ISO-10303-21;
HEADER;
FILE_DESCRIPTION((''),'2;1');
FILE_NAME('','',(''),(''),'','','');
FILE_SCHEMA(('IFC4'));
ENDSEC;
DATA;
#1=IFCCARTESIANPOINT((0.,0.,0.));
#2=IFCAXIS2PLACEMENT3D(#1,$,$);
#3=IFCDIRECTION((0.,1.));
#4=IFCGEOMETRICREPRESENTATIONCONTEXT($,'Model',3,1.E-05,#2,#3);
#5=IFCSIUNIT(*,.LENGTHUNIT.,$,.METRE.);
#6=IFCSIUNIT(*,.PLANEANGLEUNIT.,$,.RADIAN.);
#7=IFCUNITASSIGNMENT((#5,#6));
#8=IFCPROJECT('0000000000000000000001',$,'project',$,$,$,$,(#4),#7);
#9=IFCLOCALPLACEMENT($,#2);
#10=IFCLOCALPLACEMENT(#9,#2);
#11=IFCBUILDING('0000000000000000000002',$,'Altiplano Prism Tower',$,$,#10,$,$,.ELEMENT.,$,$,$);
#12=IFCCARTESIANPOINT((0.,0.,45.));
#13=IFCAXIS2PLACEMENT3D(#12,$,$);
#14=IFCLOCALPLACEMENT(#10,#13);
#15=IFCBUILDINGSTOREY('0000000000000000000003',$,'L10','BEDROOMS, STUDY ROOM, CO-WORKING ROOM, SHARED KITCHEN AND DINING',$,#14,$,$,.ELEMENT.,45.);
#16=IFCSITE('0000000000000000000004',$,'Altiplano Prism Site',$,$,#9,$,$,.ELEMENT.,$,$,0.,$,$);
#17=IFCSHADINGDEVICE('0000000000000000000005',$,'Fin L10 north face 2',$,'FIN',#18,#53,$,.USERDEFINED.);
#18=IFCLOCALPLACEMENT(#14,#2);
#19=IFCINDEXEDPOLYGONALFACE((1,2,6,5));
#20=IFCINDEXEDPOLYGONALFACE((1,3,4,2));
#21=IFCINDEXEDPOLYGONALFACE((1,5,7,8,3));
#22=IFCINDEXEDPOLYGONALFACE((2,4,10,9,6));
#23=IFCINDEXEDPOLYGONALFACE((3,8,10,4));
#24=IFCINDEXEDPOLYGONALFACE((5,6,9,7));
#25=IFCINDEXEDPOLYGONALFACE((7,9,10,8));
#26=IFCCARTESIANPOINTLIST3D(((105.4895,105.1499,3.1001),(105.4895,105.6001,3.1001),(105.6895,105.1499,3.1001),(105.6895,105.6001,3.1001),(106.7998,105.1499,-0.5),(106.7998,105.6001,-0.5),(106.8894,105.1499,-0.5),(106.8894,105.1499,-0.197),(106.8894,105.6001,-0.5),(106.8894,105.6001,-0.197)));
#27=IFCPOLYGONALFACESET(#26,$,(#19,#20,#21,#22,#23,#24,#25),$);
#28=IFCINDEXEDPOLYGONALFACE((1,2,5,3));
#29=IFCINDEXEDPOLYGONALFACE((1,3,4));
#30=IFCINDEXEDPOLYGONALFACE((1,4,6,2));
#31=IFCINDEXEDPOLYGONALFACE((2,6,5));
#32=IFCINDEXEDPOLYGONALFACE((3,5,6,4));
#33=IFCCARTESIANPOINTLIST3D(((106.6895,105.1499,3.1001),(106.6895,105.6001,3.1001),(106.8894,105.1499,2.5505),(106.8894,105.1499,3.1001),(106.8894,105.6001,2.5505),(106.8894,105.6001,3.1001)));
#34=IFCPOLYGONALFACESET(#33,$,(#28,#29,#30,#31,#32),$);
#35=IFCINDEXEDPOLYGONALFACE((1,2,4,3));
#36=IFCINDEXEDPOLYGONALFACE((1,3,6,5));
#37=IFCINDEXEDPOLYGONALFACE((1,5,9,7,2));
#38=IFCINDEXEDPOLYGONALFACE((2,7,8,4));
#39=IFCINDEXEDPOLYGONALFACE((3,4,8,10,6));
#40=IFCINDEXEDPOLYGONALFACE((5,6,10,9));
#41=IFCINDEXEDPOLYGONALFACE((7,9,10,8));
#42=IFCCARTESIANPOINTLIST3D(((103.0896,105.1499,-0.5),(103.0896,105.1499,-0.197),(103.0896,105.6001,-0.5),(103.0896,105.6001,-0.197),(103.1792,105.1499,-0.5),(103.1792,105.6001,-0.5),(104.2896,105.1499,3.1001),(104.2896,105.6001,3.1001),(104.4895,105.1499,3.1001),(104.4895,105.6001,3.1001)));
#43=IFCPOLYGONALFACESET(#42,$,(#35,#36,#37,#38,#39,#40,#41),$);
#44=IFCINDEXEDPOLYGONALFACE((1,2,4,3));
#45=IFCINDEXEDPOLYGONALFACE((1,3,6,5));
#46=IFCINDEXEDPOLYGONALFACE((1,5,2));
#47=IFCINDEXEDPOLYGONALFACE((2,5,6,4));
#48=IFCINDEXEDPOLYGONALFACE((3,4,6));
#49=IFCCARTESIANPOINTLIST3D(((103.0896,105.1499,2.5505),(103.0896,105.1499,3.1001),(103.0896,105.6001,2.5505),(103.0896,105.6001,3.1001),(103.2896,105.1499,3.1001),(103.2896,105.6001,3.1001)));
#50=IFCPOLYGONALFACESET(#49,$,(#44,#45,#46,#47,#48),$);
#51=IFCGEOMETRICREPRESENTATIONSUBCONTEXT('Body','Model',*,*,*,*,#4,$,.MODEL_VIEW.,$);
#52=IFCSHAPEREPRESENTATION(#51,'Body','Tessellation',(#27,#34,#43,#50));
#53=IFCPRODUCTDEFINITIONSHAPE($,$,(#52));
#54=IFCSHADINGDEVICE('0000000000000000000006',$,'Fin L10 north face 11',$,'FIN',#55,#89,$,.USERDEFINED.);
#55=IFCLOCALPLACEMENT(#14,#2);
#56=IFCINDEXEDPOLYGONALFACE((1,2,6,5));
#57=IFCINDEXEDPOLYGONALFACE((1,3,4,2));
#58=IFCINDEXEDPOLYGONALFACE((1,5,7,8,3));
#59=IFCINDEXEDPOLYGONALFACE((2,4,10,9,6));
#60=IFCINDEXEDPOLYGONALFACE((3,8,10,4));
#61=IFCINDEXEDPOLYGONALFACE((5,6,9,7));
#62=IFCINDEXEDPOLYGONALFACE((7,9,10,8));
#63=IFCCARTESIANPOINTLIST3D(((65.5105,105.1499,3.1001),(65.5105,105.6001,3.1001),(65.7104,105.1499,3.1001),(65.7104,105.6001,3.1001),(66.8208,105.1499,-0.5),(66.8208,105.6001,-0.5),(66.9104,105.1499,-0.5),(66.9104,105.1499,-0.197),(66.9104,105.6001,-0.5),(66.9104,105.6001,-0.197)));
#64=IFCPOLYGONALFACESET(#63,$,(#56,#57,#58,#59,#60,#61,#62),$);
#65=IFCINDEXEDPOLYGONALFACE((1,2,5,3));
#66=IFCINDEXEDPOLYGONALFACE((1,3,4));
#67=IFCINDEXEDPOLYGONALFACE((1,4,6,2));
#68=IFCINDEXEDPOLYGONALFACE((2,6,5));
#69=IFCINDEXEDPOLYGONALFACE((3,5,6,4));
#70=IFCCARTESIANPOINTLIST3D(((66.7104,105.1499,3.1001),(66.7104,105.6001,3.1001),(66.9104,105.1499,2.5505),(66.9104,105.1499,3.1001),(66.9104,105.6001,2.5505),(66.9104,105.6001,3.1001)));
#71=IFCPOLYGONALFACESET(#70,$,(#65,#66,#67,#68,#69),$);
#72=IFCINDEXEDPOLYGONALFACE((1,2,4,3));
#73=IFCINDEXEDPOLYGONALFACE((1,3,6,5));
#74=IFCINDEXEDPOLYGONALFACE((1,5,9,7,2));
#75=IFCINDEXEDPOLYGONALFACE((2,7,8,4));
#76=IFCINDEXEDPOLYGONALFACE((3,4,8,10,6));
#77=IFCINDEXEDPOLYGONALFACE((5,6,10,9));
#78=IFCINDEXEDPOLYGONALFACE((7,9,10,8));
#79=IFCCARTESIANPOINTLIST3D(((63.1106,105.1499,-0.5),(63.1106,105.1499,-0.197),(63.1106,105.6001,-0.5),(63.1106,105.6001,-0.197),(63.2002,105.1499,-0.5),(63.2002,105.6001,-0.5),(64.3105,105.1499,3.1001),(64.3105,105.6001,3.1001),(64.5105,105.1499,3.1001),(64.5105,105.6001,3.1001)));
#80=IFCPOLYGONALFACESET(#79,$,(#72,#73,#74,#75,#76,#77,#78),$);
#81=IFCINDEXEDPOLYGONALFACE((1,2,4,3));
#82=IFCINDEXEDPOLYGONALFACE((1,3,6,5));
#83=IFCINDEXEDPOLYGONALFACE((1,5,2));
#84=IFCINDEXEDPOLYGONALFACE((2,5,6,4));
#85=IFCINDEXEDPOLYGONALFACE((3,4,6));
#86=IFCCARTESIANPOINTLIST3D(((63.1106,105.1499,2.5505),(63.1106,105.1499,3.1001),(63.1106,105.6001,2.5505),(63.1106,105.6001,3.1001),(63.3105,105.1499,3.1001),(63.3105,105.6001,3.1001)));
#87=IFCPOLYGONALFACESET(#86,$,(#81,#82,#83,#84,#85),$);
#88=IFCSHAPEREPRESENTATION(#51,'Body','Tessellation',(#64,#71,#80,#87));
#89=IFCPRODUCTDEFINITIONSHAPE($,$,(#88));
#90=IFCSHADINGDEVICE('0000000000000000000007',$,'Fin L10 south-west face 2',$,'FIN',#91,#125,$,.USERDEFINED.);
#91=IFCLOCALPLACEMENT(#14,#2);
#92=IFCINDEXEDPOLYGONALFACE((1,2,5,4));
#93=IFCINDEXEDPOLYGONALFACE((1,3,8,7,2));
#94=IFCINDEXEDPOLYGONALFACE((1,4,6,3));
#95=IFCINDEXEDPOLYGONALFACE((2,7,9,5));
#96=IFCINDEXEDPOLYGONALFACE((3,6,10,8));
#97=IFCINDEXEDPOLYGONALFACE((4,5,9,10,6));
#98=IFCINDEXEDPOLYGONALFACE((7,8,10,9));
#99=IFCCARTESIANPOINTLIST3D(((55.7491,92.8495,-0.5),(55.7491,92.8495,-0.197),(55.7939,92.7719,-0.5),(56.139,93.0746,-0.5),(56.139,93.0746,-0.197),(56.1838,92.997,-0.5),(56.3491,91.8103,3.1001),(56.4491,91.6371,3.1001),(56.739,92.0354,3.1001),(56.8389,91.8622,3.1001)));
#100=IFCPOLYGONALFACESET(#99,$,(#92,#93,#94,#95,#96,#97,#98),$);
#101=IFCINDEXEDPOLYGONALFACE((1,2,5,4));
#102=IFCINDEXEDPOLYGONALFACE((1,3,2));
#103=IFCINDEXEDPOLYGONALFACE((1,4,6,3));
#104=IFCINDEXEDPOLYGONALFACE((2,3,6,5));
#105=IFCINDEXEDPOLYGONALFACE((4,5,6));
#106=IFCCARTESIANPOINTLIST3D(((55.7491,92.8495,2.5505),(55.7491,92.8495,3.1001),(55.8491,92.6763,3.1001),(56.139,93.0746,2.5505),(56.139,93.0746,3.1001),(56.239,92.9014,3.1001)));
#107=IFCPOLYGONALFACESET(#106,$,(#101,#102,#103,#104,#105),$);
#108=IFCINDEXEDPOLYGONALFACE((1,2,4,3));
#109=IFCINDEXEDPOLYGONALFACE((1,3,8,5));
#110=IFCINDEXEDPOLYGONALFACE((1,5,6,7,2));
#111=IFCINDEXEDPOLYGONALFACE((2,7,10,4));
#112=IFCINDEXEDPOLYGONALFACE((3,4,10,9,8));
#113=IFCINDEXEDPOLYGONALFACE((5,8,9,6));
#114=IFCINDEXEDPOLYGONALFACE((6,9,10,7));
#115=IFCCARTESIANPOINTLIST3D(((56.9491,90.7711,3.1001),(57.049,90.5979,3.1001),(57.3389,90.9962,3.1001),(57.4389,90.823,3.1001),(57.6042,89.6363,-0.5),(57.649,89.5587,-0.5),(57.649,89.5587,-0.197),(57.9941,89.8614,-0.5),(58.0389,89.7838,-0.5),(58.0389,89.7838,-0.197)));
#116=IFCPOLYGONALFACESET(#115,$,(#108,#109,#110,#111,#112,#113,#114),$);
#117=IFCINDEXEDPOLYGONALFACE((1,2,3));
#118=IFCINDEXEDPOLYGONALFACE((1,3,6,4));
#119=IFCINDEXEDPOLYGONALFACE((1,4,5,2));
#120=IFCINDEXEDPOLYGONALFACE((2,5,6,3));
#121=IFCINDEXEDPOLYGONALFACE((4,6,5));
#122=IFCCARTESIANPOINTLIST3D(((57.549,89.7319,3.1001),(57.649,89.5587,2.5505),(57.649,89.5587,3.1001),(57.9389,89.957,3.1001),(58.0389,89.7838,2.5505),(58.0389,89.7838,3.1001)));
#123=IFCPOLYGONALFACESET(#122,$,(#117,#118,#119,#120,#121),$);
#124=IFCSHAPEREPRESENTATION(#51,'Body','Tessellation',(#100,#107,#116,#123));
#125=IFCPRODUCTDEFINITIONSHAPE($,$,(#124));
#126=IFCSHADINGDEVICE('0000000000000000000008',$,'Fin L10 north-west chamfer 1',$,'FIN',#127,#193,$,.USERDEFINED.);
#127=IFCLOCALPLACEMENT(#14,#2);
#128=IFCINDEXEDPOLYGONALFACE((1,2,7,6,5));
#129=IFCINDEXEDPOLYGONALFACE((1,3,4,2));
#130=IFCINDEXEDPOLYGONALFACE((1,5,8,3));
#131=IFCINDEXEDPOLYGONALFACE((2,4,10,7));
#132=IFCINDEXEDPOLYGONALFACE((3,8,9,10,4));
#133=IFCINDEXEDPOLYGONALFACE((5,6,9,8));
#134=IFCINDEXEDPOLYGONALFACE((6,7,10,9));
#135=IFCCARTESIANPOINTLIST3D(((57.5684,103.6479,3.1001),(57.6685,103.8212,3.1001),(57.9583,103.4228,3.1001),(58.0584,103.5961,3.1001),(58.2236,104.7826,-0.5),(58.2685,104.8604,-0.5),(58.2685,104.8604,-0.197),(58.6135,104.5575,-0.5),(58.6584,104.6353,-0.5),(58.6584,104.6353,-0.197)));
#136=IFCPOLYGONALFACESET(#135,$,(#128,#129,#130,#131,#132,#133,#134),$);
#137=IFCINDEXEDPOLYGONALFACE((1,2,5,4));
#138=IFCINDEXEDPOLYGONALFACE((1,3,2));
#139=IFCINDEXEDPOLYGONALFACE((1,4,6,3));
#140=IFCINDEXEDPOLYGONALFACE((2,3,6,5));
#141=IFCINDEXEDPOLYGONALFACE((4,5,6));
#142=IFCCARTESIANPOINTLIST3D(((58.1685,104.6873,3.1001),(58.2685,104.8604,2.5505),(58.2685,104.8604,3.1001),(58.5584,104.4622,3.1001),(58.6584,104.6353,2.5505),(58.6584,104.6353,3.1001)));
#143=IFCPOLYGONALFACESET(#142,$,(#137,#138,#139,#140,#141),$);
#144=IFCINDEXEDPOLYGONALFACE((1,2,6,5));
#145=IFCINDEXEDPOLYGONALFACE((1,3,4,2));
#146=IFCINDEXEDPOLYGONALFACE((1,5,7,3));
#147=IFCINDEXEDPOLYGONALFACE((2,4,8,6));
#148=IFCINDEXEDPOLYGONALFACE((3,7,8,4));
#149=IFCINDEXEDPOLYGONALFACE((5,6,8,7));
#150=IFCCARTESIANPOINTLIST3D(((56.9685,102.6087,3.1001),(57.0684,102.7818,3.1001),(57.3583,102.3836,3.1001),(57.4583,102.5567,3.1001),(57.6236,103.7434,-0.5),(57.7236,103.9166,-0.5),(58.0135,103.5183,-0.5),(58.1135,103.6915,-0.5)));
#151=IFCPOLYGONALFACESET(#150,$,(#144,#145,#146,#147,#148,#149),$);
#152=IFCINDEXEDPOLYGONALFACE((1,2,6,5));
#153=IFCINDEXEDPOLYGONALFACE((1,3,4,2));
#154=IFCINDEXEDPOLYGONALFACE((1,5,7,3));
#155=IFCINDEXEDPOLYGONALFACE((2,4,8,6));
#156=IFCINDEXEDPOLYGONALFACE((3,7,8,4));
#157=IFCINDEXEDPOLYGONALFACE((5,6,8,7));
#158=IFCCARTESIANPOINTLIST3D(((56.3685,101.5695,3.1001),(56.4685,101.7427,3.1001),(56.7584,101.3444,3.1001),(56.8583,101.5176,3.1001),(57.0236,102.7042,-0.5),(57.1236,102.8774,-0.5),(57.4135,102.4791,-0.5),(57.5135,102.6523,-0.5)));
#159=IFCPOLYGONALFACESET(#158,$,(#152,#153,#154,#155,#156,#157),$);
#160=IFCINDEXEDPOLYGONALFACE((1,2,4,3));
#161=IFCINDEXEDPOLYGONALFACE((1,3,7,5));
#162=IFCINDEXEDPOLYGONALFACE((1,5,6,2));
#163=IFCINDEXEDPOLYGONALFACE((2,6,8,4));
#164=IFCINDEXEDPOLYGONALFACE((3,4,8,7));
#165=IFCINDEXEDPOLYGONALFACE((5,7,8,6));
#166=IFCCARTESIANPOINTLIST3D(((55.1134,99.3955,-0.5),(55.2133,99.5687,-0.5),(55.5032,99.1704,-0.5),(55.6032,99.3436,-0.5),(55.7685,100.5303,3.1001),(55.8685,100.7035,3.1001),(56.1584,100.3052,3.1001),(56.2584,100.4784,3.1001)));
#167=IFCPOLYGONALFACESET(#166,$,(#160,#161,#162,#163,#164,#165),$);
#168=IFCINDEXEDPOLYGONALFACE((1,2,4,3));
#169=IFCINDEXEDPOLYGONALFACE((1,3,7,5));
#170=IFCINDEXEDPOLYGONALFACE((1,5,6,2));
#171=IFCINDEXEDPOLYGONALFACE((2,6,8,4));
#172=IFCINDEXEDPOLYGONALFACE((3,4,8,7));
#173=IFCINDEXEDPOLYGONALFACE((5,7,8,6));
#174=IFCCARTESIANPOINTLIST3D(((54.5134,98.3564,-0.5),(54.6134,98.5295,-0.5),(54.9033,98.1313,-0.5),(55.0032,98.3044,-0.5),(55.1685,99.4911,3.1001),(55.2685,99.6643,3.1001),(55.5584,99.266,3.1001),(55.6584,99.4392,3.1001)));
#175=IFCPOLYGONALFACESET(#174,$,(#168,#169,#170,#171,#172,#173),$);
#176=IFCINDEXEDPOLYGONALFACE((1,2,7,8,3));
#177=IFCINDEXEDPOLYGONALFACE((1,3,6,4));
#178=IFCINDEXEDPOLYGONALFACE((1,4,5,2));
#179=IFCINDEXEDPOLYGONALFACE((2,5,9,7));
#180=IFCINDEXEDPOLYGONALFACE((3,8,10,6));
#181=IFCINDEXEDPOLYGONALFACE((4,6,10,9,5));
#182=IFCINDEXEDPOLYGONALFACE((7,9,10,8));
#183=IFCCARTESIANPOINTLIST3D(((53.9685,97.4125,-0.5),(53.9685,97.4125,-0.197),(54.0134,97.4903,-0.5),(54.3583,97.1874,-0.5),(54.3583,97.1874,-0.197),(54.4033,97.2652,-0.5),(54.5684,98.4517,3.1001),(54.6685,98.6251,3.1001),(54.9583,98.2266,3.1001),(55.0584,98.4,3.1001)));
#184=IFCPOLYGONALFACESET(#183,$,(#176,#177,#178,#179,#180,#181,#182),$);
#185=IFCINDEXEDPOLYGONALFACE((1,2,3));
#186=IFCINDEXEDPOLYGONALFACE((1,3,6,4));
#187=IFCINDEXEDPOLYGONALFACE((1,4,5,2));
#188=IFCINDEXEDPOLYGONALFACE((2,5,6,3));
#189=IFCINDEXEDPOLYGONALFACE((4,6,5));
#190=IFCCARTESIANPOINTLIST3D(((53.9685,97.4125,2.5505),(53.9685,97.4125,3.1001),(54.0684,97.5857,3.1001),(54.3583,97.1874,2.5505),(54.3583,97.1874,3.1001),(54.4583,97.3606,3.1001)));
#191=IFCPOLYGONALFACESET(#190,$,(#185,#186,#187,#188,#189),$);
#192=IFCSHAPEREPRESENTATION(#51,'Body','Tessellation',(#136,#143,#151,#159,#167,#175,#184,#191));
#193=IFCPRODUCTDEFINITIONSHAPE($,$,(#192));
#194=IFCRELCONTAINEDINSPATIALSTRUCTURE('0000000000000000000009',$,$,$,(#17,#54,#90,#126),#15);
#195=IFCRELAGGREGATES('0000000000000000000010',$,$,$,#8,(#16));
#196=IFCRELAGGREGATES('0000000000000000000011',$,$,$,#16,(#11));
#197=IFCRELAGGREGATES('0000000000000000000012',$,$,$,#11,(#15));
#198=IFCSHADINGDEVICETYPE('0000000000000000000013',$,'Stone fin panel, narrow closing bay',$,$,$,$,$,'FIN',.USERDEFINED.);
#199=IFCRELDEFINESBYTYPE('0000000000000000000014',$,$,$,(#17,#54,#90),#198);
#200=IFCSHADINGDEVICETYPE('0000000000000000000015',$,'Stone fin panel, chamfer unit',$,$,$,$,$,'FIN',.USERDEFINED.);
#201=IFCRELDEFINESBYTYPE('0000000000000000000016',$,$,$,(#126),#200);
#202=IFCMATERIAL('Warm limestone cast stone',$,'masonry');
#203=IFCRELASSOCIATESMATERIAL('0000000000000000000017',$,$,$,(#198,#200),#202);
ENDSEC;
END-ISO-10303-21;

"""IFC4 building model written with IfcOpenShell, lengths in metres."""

from ifc_helpers import new_model, si_unit, direction, frame, origin, place, context, subcontext, project, spatial, polyline, outline, extrude, source, transform, mapped, material, type_object, element, save


model = new_model("IFC4")

# Units and contexts
model_context = context("Model", 3, precision=1e-05, world=origin(), true_north=direction((0.0, 1.0)))
body_context = subcontext(model_context, "Body", "Model", "MODEL_VIEW")
ifc_project = project(units=[si_unit("LENGTHUNIT", "METRE"), si_unit("PLANEANGLEUNIT", "RADIAN")], contexts=[model_context])

# Site, building, storey
site_placement = place(None, origin())
site = spatial("IfcSite", under=ifc_project, at=site_placement, Name="Altiplano Prism Site", CompositionType="ELEMENT", RefElevation=0.0)
building_placement = place(site_placement, origin())
building = spatial("IfcBuilding", under=site, at=building_placement, Name="Altiplano Prism Tower", CompositionType="ELEMENT")
storey_placement = place(building_placement, frame((0.0, 0.0, 45.0)))
storey = spatial("IfcBuildingStorey", under=building, at=storey_placement, Name="L10", Description="BEDROOMS, STUDY ROOM, CO-WORKING ROOM, SHARED KITCHEN AND DINING", CompositionType="ELEMENT", Elevation=45.0)

# Shading devices
ifc_material_1 = material(Name="Warm limestone cast stone", Category="masonry")
shading_device_type_1 = type_object("IfcShadingDeviceType", Name="Stone fin panel, narrow closing bay", ElementType="FIN", PredefinedType="USERDEFINED", material=ifc_material_1)
shared_shape_1 = source(origin(), body_context, "Body", "SweptSolid", [
    extrude(outline(polyline([(-1.8999, 0.0), (-1.8103, 0.0), (-0.5, 3.6001), (-0.7, 3.6001), (-1.8999, 0.303), (-1.8999, 0.0)])), frame((0.0, -0.1499, 0.0), z_axis=(0.0, -1.0, 0.0), x_axis=(1.0, 0.0, 0.0)), (0.0, 0.0, 1.0), 0.4502),
    extrude(outline(polyline([(-1.8999, 3.0505), (-1.7, 3.6001), (-1.8999, 3.6001), (-1.8999, 3.0505)])), frame((0.0, -0.1499, 0.0), z_axis=(0.0, -1.0, 0.0), x_axis=(1.0, 0.0, 0.0)), (0.0, 0.0, 1.0), 0.4502),
    extrude(outline(polyline([(1.8103, 0.0), (1.8999, 0.0), (1.8999, 0.303), (0.7, 3.6001), (0.5, 3.6001), (1.8103, 0.0)])), frame((0.0, -0.1499, 0.0), z_axis=(0.0, -1.0, 0.0), x_axis=(1.0, 0.0, 0.0)), (0.0, 0.0, 1.0), 0.4502),
    extrude(outline(polyline([(1.8999, 3.6001), (1.7, 3.6001), (1.8999, 3.0505), (1.8999, 3.6001)])), frame((0.0, -0.1499, 0.0), z_axis=(0.0, -1.0, 0.0), x_axis=(1.0, 0.0, 0.0)), (0.0, 0.0, 1.0), 0.4502),
])
shading_device_1_placement = place(storey_placement, origin())
element("IfcShadingDevice", 1, at=shading_device_1_placement, inside=storey, type_object=shading_device_type_1, Name="Fin L10 north face 2", ObjectType="FIN", PredefinedType="USERDEFINED", context=body_context, shape_type="MappedRepresentation", body=[
    mapped(shared_shape_1, transform((104.9895, 105.0, -0.5), x_axis=(-1.0, 0.0, 0.0), y_axis=(0.0, -1.0, 0.0), z_axis=(0.0, 0.0, 1.0))),
])
shading_device_2_placement = place(storey_placement, origin())
element("IfcShadingDevice", 2, at=shading_device_2_placement, inside=storey, type_object=shading_device_type_1, Name="Fin L10 north face 11", ObjectType="FIN", PredefinedType="USERDEFINED", context=body_context, shape_type="MappedRepresentation", body=[
    mapped(shared_shape_1, transform((65.0105, 105.0, -0.5), x_axis=(-1.0, 0.0, 0.0), y_axis=(0.0, -1.0, 0.0), z_axis=(0.0, 0.0, 1.0))),
])
shading_device_3_placement = place(storey_placement, origin())
element("IfcShadingDevice", 3, at=shading_device_3_placement, inside=storey, type_object=shading_device_type_1, Name="Fin L10 south-west face 2", ObjectType="FIN", PredefinedType="USERDEFINED", context=body_context, shape_type="MappedRepresentation", body=[
    mapped(shared_shape_1, transform((57.2188, 91.5042, -0.5), x_axis=(0.5, -0.866025, 0.0), y_axis=(0.866025, 0.5, 0.0), z_axis=(0.0, 0.0, 1.0))),
])
shading_device_type_2 = type_object("IfcShadingDeviceType", Name="Stone fin panel, chamfer unit", ElementType="FIN", PredefinedType="USERDEFINED", material=ifc_material_1)
shared_shape_2 = source(origin(), body_context, "Body", "SweptSolid", [
    extrude(outline(polyline([(-4.3, 0.0), (-4.2102, 0.0), (-2.8999, 3.6001), (-3.1001, 3.6001), (-4.3, 0.303), (-4.3, 0.0)])), frame((0.0, -0.1499, 0.0), z_axis=(0.0, -1.0, 0.0), x_axis=(1.0, 0.0, 0.0)), (0.0, 0.0, 1.0), 0.4502),
    extrude(outline(polyline([(-4.3, 3.0505), (-4.1001, 3.6001), (-4.3, 3.6001), (-4.3, 3.0505)])), frame((0.0, -0.1499, 0.0), z_axis=(0.0, -1.0, 0.0), x_axis=(1.0, 0.0, 0.0)), (0.0, 0.0, 1.0), 0.4502),
    extrude(outline(polyline([(-3.2102, 0.0), (-3.0103, 0.0), (-1.7, 3.6001), (-1.8999, 3.6001), (-3.2102, 0.0)])), frame((0.0, -0.1499, 0.0), z_axis=(0.0, -1.0, 0.0), x_axis=(1.0, 0.0, 0.0)), (0.0, 0.0, 1.0), 0.4502),
    extrude(outline(polyline([(-2.0103, 0.0), (-1.8103, 0.0), (-0.5, 3.6001), (-0.7, 3.6001), (-2.0103, 0.0)])), frame((0.0, -0.1499, 0.0), z_axis=(0.0, -1.0, 0.0), x_axis=(1.0, 0.0, 0.0)), (0.0, 0.0, 1.0), 0.4502),
    extrude(outline(polyline([(1.8103, 0.0), (2.0103, 0.0), (0.7, 3.6001), (0.5, 3.6001), (1.8103, 0.0)])), frame((0.0, -0.1499, 0.0), z_axis=(0.0, -1.0, 0.0), x_axis=(1.0, 0.0, 0.0)), (0.0, 0.0, 1.0), 0.4502),
    extrude(outline(polyline([(3.0103, 0.0), (3.2102, 0.0), (1.8999, 3.6001), (1.7, 3.6001), (3.0103, 0.0)])), frame((0.0, -0.1499, 0.0), z_axis=(0.0, -1.0, 0.0), x_axis=(1.0, 0.0, 0.0)), (0.0, 0.0, 1.0), 0.4502),
    extrude(outline(polyline([(4.2102, 0.0), (4.3, 0.0), (4.3, 0.303), (3.1001, 3.6001), (2.8999, 3.6001), (4.2102, 0.0)])), frame((0.0, -0.1499, 0.0), z_axis=(0.0, -1.0, 0.0), x_axis=(1.0, 0.0, 0.0)), (0.0, 0.0, 1.0), 0.4502),
    extrude(outline(polyline([(4.3, 3.6001), (4.1001, 3.6001), (4.3, 3.0505), (4.3, 3.6001)])), frame((0.0, -0.1499, 0.0), z_axis=(0.0, -1.0, 0.0), x_axis=(1.0, 0.0, 0.0)), (0.0, 0.0, 1.0), 0.4502),
])
shading_device_4_placement = place(storey_placement, origin())
element("IfcShadingDevice", 4, at=shading_device_4_placement, inside=storey, type_object=shading_device_type_2, Name="Fin L10 north-west chamfer 1", ObjectType="FIN", PredefinedType="USERDEFINED", context=body_context, shape_type="MappedRepresentation", body=[
    mapped(shared_shape_2, transform((56.6382, 100.8364, -0.5), x_axis=(-0.5, -0.866025, 0.0), y_axis=(0.866025, -0.5, 0.0), z_axis=(0.0, 0.0, 1.0))),
])

save(model, "model.ifc")
